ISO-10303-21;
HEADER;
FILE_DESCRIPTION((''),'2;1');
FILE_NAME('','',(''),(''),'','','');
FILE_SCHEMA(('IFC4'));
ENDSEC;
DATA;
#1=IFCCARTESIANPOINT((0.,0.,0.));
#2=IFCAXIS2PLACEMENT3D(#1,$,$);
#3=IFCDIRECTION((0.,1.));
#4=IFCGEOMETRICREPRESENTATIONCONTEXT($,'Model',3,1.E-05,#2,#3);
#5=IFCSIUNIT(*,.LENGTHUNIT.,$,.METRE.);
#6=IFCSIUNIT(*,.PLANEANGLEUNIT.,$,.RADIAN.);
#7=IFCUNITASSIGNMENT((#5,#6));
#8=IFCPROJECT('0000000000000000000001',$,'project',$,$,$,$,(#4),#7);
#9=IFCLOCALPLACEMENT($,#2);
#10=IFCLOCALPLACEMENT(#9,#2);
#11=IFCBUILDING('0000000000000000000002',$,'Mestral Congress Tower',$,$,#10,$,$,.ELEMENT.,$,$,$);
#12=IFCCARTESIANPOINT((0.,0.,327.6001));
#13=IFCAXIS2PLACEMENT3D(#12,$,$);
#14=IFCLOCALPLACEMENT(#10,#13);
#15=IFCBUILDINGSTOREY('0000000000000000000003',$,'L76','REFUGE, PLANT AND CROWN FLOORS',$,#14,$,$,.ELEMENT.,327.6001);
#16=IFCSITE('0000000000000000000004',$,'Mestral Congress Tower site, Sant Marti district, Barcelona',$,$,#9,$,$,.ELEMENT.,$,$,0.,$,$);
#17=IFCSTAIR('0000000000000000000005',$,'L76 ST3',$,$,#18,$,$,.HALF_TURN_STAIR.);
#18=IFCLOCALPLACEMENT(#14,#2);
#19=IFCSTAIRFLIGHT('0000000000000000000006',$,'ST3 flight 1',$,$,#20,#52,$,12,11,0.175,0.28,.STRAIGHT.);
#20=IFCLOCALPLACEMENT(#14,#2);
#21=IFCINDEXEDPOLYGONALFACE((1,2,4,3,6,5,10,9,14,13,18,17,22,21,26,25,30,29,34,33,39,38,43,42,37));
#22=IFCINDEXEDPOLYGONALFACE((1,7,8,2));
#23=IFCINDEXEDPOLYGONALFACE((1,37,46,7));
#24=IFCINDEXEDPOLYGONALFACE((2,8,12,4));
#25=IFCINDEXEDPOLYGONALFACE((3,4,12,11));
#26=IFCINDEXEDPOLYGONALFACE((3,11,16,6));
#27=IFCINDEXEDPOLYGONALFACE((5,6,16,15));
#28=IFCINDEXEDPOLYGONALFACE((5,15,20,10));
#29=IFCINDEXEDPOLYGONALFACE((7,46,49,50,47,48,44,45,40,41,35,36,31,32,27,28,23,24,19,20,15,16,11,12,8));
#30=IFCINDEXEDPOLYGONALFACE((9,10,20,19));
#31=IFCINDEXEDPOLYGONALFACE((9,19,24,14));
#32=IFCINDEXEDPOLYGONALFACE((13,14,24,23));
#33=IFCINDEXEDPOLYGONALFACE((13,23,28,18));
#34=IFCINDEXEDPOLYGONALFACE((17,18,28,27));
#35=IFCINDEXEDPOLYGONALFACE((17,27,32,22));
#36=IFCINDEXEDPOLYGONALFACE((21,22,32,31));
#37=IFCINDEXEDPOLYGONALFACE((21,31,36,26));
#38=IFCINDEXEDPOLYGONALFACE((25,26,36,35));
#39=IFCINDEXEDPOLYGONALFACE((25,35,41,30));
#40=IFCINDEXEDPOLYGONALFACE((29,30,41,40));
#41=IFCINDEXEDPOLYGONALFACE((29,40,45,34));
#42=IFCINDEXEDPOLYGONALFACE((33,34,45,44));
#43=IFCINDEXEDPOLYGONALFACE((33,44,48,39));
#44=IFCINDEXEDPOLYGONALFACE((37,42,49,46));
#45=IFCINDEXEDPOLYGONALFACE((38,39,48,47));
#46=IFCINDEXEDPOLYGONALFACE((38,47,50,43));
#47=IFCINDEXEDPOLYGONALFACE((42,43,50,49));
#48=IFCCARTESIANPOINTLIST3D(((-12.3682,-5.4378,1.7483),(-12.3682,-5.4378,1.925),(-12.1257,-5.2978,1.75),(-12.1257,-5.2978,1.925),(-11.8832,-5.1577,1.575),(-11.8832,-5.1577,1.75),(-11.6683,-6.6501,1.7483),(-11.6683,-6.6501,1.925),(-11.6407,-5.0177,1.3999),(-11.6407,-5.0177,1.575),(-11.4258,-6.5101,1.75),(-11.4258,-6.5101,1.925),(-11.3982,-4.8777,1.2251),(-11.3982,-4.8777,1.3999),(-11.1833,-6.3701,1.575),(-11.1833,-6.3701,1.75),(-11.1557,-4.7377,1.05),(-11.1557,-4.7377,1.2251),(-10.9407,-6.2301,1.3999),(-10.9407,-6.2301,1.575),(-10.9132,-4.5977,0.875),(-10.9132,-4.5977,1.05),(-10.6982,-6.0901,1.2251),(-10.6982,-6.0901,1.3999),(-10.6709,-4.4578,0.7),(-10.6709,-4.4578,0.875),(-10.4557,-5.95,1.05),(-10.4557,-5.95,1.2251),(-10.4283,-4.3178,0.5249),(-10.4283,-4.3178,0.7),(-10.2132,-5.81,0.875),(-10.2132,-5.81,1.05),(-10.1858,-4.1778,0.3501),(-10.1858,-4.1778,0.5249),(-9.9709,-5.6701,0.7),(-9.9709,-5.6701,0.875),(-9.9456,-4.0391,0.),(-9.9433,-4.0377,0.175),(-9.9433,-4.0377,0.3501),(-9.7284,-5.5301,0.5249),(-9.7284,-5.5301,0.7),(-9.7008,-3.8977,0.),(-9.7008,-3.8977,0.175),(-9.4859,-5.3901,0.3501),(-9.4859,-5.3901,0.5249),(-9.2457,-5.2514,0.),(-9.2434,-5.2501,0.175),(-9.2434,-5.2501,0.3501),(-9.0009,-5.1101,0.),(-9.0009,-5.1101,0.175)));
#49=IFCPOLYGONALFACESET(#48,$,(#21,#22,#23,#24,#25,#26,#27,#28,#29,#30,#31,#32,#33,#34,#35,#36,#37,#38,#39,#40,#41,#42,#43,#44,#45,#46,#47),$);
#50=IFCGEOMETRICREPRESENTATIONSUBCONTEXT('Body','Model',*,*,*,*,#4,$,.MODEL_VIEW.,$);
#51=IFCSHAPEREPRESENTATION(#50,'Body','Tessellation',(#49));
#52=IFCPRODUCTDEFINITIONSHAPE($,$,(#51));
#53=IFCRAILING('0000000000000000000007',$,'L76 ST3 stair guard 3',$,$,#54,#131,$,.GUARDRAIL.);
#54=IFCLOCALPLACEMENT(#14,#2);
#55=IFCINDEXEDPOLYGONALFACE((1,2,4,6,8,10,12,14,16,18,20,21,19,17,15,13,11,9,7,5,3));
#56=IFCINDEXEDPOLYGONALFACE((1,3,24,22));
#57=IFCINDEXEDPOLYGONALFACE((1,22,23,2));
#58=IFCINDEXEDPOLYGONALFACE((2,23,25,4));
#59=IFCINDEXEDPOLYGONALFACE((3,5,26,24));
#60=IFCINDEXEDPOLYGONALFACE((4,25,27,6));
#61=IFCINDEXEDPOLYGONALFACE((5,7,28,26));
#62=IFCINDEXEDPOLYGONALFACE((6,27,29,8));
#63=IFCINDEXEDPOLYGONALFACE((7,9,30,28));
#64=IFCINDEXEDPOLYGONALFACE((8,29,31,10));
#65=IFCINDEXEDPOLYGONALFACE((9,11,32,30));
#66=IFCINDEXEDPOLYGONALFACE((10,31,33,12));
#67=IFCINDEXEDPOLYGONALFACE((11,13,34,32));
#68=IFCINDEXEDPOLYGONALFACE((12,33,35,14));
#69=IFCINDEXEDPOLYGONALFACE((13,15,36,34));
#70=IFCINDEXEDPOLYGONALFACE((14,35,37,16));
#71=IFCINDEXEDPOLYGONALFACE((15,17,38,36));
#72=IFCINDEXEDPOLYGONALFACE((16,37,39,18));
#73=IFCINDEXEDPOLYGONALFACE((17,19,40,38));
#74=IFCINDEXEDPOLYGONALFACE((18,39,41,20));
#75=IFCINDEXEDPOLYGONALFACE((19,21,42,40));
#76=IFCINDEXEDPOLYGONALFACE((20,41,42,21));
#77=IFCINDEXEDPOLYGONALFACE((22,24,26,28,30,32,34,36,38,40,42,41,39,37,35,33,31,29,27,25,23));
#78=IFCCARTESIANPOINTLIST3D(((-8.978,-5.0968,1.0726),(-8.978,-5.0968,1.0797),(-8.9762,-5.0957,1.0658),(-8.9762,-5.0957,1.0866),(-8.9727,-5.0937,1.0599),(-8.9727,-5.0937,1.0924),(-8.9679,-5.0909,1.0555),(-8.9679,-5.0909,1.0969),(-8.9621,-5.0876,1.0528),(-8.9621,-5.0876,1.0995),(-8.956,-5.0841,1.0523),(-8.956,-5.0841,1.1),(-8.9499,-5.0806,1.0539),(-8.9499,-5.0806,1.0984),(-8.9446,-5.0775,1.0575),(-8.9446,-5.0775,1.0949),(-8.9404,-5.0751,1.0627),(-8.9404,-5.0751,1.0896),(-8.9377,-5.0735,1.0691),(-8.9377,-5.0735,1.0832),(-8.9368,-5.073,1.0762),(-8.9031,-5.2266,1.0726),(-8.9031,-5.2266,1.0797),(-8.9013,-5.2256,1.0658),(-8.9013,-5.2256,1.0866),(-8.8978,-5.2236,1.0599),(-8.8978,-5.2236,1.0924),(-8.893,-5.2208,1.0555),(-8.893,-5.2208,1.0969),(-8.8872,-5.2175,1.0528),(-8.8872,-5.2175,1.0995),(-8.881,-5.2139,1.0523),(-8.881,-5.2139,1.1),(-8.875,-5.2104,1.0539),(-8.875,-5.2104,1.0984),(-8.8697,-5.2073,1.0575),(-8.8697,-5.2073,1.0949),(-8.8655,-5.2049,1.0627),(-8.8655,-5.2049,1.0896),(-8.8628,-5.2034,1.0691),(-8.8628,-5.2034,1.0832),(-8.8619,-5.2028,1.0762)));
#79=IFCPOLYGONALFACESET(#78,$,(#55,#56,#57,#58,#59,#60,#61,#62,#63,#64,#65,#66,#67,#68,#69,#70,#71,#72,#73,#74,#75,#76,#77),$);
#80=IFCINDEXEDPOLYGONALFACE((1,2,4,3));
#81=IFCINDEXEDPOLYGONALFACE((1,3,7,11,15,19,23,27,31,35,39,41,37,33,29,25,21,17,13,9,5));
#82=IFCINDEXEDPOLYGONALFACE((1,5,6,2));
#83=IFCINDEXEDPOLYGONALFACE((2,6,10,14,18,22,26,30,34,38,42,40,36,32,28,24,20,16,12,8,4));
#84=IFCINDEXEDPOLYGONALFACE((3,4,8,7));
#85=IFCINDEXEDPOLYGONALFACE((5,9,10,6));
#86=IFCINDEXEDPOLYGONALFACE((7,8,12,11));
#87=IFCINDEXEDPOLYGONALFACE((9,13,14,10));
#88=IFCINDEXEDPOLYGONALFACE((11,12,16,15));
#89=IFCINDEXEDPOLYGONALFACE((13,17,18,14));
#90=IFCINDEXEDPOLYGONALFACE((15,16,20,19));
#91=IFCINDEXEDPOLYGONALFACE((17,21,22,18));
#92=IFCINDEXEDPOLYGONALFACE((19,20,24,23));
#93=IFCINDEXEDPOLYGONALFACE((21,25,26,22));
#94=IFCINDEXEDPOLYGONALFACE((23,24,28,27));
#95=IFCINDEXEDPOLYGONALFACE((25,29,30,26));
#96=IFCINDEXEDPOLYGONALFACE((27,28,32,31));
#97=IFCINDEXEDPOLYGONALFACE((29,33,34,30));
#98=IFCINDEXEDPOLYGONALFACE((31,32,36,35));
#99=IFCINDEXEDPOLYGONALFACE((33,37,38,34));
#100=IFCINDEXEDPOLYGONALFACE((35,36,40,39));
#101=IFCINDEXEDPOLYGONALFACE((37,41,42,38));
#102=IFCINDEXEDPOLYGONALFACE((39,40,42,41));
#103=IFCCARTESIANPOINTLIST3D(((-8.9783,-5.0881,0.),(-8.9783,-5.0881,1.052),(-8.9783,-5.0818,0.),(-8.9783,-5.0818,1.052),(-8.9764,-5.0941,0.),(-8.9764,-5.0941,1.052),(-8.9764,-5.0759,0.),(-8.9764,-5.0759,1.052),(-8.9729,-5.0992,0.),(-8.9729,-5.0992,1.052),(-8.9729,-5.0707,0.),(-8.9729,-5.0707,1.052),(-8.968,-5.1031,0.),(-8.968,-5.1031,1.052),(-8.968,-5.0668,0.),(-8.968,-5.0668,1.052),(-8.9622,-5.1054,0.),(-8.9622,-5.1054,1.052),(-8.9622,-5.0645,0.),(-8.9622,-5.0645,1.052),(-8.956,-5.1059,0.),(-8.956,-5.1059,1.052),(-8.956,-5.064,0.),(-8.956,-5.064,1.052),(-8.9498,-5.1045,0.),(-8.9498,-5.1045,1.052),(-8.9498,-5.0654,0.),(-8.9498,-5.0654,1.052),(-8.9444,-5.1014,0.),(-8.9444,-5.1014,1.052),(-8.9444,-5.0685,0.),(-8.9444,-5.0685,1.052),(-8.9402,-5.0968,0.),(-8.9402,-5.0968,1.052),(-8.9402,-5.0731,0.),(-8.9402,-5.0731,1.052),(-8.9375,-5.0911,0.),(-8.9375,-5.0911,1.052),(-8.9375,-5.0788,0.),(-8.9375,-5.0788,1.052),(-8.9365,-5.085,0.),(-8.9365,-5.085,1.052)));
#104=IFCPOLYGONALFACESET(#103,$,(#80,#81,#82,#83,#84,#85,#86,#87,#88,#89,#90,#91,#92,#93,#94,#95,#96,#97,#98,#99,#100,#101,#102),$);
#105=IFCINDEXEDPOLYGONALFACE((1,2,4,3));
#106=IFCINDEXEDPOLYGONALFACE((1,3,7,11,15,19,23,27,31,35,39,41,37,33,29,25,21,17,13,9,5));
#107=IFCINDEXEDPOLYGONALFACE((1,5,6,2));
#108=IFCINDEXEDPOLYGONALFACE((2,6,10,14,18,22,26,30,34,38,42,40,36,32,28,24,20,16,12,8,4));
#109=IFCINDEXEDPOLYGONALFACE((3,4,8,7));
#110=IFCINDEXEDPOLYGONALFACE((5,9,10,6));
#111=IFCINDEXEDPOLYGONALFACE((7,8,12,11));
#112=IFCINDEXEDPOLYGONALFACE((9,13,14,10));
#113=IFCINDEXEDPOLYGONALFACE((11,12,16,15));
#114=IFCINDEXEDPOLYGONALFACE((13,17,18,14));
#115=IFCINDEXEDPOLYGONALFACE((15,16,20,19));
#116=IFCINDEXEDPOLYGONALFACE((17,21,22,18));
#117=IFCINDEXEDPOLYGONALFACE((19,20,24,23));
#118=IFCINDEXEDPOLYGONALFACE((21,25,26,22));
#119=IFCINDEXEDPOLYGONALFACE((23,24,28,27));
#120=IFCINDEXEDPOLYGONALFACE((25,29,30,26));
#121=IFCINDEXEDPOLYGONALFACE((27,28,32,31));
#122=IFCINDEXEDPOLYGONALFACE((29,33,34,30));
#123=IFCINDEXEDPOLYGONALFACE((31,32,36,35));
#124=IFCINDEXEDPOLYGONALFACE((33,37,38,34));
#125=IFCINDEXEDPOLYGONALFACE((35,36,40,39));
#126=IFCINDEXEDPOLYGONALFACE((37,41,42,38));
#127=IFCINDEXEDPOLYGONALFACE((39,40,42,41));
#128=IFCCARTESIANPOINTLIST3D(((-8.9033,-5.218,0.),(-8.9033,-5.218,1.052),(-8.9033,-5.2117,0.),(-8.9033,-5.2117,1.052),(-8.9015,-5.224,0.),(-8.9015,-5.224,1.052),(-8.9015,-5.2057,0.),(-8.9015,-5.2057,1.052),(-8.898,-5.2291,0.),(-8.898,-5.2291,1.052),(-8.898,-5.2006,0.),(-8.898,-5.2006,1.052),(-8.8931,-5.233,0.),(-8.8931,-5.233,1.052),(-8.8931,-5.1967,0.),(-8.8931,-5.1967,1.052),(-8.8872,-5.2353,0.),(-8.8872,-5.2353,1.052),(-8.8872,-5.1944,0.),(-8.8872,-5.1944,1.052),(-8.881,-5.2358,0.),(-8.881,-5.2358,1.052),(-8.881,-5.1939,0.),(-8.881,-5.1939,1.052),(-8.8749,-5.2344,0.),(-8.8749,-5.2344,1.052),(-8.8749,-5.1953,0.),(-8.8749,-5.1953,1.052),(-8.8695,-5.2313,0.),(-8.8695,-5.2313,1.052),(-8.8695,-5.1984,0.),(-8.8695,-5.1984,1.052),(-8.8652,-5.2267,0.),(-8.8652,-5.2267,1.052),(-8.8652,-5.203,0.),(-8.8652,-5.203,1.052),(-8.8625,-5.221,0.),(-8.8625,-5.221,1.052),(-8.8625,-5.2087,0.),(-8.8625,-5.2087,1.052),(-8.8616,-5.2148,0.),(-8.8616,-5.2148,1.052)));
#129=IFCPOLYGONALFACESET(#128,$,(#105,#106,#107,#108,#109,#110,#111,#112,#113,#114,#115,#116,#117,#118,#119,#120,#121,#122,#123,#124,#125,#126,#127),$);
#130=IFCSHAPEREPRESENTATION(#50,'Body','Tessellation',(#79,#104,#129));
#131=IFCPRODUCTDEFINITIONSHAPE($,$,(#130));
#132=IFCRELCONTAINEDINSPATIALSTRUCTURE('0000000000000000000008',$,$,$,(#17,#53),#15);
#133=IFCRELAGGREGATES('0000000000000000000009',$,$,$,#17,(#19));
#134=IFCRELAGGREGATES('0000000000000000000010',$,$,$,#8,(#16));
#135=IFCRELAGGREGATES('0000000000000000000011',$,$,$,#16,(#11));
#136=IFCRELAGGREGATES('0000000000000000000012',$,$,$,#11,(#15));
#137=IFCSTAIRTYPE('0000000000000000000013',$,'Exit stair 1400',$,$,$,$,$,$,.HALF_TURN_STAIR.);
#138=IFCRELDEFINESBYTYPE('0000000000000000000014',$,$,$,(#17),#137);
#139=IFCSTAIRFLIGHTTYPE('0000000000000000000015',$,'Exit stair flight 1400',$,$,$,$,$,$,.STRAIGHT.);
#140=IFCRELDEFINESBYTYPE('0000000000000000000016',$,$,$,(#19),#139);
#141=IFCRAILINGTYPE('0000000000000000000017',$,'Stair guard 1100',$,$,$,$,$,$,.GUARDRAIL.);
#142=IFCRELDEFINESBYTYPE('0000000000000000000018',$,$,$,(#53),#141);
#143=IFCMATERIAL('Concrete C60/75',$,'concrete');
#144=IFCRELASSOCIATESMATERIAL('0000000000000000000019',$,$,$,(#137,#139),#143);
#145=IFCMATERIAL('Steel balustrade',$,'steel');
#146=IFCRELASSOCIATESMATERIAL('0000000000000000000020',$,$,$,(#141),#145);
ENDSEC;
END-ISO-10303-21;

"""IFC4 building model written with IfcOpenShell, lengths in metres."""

from ifc_helpers import new_model, si_unit, direction, frame, origin, origin_2d, place, context, subcontext, project, spatial, polyline, circle, outline, extrude, material, type_object, element, aggregate, save


model = new_model("IFC4")

# Units and contexts
model_context = context("Model", 3, precision=1e-05, world=origin(), true_north=direction((0.0, 1.0)))
body_context = subcontext(model_context, "Body", "Model", "MODEL_VIEW")
ifc_project = project(units=[si_unit("LENGTHUNIT", "METRE"), si_unit("PLANEANGLEUNIT", "RADIAN")], contexts=[model_context])

# Site, building, storey
site_placement = place(None, origin())
site = spatial("IfcSite", under=ifc_project, at=site_placement, Name="Mestral Congress Tower site, Sant Marti district, Barcelona", CompositionType="ELEMENT", RefElevation=0.0)
building_placement = place(site_placement, origin())
building = spatial("IfcBuilding", under=site, at=building_placement, Name="Mestral Congress Tower", CompositionType="ELEMENT")
storey_placement = place(building_placement, frame((0.0, 0.0, 327.6001)))
storey = spatial("IfcBuildingStorey", under=building, at=storey_placement, Name="L76", Description="REFUGE, PLANT AND CROWN FLOORS", CompositionType="ELEMENT", Elevation=327.6001)

# Shared definitions
ifc_material_1 = material(Name="Concrete C60/75", Category="concrete")

# Stair, stair flight
stair_type = type_object("IfcStairType", Name="Exit stair 1400", PredefinedType="HALF_TURN_STAIR", material=ifc_material_1)
stair_placement = place(storey_placement, origin())
stair = element("IfcStair", 1, at=stair_placement, inside=storey, type_object=stair_type, Name="L76 ST3", PredefinedType="HALF_TURN_STAIR")
stair_flight_type = type_object("IfcStairFlightType", Name="Exit stair flight 1400", PredefinedType="STRAIGHT", material=ifc_material_1)
stair_flight_placement = place(storey_placement, frame((-9.3508, -4.5039, 0.0), z_axis=(0.0, 0.0, 1.0), x_axis=(-0.866025, -0.5, 0.0)))
stair_flight = element("IfcStairFlight", 2, at=stair_flight_placement, type_object=stair_flight_type, Name="ST3 flight 1", NumberOfRisers=12, NumberOfTreads=11, PredefinedType="STRAIGHT", RiserHeight=0.175, TreadLength=0.28, context=body_context, shape_type="SweptSolid", body=[
    extrude(outline(polyline([(0.0, 0.0), (0.0, 0.175), (0.28, 0.175), (0.28, 0.3501), (0.5601, 0.3501), (0.5601, 0.5249), (0.8401, 0.5249), (0.8401, 0.7), (1.1201, 0.7), (1.1201, 0.875), (1.3999, 0.875), (1.3999, 1.05), (1.6799, 1.05), (1.6799, 1.2251), (1.96, 1.2251), (1.96, 1.3999), (2.24, 1.3999), (2.24, 1.575), (2.52, 1.575), (2.52, 1.75), (2.8, 1.75), (2.8, 1.925), (3.0801, 1.925), (3.0801, 2.1001), (3.0801, 1.7483), (0.2827, 0.0), (0.0, 0.0)])), frame((0.0, 0.7, 0.0), z_axis=(0.0, -1.0, 0.0), x_axis=(1.0, 0.0, 0.0)), (0.0, 0.0, 1.0), 1.3999),
])
aggregate(stair, [stair_flight])

# Railing
ifc_material_2 = material(Name="Steel balustrade", Category="steel")
railing_type_1 = type_object("IfcRailingType", Name="Stair guard 1100", PredefinedType="GUARDRAIL", material=ifc_material_2)
railing_1_placement = place(storey_placement, frame((-8.9575, -5.085, 0.0)))
element("IfcRailing", 3, at=railing_1_placement, inside=storey, type_object=railing_type_1, Name="L76 ST3 stair guard 3", PredefinedType="GUARDRAIL", context=body_context, shape_type="SweptSolid", body=[
    extrude(circle(Radius=0.0239, at=origin_2d()), frame((0.0, 0.0, 1.0762), z_axis=(0.499816, -0.866131, 0.0), x_axis=(0.866131, 0.499816, 0.0)), (0.0, 0.0, 1.0), 0.1499),
    extrude(circle(Radius=0.021, at=origin_2d()), origin(), (0.0, 0.0, 1.0), 1.052),
    extrude(circle(Radius=0.021, at=origin_2d()), frame((0.075, -0.1299, 0.0)), (0.0, 0.0, 1.0), 1.052),
])

save(model, "model.ifc")
